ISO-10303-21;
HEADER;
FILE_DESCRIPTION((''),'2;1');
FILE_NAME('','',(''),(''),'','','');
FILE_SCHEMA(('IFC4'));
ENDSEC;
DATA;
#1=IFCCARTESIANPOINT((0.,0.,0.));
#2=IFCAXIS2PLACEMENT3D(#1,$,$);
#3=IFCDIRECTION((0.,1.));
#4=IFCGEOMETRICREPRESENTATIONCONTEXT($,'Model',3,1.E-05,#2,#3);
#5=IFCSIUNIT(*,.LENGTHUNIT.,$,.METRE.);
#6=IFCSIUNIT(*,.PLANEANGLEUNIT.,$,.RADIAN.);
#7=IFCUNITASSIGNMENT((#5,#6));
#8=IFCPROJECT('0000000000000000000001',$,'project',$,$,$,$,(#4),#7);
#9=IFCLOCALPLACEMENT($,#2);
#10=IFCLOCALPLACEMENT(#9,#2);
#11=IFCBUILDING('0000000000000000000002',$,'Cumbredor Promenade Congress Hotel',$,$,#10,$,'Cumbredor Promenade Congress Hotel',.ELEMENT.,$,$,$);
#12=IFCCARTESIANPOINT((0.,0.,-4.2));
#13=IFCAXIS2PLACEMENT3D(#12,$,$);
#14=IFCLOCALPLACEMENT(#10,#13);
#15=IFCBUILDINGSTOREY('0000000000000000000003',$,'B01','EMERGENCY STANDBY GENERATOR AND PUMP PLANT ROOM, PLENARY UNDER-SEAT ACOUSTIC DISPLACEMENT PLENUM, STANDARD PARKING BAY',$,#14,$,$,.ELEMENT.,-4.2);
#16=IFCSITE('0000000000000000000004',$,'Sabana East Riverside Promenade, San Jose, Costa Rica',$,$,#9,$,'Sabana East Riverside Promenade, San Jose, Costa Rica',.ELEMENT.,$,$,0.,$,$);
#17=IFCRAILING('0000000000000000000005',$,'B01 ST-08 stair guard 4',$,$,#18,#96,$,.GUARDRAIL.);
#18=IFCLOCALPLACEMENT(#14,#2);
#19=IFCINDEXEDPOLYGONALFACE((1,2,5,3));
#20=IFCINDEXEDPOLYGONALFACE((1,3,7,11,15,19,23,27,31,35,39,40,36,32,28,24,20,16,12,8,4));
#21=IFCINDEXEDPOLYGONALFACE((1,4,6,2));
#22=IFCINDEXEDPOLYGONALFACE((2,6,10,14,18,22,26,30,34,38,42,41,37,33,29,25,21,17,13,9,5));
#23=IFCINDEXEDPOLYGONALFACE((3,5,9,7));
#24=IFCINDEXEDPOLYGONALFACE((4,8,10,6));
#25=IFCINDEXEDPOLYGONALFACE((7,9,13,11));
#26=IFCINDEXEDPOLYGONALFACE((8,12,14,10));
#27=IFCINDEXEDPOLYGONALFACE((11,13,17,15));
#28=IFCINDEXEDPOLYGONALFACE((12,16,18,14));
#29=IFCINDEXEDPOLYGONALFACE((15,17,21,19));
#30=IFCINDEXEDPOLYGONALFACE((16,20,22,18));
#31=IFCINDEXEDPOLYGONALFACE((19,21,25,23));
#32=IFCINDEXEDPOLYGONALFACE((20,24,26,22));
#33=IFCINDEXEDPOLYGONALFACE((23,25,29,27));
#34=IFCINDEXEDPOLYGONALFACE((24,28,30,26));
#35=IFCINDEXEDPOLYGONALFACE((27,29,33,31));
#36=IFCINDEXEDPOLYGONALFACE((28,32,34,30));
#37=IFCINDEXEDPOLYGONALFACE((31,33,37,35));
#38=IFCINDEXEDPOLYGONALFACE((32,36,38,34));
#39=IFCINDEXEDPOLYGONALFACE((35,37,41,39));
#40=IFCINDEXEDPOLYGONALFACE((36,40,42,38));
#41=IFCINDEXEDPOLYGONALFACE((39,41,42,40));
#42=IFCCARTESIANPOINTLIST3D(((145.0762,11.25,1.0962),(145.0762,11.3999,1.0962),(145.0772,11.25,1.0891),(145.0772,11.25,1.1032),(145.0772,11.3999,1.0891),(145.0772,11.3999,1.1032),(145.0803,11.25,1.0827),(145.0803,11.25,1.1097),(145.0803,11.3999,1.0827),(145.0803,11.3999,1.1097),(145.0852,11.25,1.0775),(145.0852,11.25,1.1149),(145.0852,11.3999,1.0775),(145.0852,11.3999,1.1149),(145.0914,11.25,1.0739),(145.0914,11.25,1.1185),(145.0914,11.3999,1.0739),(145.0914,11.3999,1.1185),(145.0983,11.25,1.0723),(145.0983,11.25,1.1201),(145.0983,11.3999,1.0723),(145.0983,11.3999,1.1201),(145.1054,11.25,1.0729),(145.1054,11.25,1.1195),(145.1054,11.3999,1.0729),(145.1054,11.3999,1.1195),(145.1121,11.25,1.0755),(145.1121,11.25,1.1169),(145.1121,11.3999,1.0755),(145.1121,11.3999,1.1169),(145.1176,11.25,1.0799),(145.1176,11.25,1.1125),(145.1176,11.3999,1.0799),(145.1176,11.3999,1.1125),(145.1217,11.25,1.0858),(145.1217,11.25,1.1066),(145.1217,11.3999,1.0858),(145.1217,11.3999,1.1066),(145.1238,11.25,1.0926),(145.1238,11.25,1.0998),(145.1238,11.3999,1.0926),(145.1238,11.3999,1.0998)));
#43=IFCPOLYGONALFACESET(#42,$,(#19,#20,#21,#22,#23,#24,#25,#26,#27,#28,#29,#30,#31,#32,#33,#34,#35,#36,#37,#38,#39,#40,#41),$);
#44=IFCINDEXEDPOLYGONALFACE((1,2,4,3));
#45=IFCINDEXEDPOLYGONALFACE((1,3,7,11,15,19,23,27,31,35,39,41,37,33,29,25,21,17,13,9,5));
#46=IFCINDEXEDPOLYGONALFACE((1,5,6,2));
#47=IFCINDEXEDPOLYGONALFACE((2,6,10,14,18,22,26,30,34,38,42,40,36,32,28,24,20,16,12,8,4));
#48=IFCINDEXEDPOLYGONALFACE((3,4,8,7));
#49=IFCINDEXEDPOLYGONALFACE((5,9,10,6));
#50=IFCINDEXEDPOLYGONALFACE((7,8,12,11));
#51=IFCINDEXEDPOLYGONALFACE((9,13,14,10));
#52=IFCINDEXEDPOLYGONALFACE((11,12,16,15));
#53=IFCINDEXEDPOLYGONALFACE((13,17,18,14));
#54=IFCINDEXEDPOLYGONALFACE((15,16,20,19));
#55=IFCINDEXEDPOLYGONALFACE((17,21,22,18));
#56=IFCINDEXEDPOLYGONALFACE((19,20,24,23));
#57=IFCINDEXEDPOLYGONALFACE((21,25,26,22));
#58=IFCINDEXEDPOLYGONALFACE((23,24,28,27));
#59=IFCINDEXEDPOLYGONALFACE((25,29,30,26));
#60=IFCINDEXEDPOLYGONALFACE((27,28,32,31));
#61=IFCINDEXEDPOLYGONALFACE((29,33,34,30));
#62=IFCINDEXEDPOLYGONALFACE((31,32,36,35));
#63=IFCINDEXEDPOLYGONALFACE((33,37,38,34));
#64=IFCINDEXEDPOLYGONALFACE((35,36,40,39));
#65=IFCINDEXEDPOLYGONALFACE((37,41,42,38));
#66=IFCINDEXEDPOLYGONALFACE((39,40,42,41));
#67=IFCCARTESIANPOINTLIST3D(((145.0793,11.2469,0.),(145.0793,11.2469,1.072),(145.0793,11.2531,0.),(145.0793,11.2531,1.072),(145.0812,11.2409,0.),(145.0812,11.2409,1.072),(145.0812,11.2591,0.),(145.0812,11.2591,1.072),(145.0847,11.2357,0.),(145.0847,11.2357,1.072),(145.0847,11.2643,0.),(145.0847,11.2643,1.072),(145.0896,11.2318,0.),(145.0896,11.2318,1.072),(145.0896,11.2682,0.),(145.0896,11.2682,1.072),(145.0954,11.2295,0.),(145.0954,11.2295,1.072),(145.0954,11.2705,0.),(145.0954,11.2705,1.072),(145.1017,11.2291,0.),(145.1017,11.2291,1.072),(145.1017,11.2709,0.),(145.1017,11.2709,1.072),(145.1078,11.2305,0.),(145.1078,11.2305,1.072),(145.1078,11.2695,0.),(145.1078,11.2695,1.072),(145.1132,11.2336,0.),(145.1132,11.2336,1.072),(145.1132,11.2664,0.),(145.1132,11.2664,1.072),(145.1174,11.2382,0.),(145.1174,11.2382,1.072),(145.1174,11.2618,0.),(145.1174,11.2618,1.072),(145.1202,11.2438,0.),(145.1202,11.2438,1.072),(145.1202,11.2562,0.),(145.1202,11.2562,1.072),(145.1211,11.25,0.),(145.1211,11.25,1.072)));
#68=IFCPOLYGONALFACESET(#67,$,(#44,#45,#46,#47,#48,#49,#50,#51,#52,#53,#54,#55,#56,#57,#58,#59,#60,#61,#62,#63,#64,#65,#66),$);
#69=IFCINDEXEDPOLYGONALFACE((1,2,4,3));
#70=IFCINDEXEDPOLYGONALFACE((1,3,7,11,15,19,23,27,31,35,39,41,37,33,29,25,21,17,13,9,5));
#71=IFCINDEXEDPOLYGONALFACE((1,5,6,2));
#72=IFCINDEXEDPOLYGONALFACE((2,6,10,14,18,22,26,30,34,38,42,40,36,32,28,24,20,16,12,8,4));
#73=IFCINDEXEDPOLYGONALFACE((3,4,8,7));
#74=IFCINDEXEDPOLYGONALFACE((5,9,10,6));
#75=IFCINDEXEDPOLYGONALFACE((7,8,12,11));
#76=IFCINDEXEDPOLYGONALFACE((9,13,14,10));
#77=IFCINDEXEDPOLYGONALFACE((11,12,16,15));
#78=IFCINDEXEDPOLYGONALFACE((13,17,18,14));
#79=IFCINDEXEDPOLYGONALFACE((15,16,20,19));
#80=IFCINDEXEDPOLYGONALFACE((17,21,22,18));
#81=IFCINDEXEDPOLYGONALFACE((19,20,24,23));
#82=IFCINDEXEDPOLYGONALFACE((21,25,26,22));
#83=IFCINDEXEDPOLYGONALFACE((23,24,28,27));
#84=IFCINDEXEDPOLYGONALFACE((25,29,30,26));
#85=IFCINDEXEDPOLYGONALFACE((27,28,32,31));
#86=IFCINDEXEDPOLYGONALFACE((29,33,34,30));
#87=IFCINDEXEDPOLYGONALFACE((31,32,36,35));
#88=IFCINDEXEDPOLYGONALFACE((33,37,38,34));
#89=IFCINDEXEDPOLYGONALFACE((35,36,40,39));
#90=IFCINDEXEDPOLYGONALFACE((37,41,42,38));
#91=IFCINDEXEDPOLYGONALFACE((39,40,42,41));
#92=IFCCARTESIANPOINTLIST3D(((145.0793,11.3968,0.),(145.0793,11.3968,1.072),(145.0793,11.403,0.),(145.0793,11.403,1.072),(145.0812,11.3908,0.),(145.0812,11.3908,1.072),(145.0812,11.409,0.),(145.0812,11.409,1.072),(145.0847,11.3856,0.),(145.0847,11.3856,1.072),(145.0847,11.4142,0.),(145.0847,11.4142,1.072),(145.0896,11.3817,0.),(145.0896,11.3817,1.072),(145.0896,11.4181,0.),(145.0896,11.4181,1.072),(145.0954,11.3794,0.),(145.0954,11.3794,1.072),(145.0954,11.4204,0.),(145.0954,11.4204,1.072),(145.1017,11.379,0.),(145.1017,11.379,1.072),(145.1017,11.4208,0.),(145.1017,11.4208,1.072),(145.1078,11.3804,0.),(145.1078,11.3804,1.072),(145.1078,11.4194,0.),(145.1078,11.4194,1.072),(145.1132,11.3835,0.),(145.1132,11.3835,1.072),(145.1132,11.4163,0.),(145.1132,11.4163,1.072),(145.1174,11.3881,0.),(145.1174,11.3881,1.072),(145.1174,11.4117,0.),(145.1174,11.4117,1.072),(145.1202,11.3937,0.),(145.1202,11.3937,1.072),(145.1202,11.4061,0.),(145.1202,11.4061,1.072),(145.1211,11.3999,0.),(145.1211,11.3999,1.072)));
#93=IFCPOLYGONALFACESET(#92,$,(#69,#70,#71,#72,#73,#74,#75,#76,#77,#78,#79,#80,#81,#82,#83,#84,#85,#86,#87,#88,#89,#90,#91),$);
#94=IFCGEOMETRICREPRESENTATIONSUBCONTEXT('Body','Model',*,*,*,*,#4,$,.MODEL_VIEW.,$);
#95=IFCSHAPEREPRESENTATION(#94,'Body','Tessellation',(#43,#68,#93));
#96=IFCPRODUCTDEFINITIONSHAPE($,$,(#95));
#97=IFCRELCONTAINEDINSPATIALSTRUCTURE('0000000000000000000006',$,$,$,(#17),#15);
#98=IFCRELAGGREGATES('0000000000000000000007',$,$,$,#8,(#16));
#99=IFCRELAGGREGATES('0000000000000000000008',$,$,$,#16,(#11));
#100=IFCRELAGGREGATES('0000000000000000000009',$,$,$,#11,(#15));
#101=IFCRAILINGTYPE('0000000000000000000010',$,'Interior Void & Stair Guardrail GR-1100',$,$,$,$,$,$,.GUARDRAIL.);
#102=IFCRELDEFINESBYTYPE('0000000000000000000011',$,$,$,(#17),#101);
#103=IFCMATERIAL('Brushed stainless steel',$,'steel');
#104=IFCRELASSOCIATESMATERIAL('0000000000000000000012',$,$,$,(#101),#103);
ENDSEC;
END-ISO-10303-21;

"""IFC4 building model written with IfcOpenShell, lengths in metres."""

from ifc_helpers import new_model, si_unit, direction, frame, origin, origin_2d, place, context, subcontext, project, spatial, circle, extrude, material, type_object, element, save


model = new_model("IFC4")

# Units and contexts
model_context = context("Model", 3, precision=1e-05, world=origin(), true_north=direction((0.0, 1.0)))
body_context = subcontext(model_context, "Body", "Model", "MODEL_VIEW")
ifc_project = project(units=[si_unit("LENGTHUNIT", "METRE"), si_unit("PLANEANGLEUNIT", "RADIAN")], contexts=[model_context])

# Site, building, storey
site_placement = place(None, origin())
site = spatial("IfcSite", under=ifc_project, at=site_placement, Name="Sabana East Riverside Promenade, San Jose, Costa Rica", LongName="Sabana East Riverside Promenade, San Jose, Costa Rica", CompositionType="ELEMENT", RefElevation=0.0)
building_placement = place(site_placement, origin())
building = spatial("IfcBuilding", under=site, at=building_placement, Name="Cumbredor Promenade Congress Hotel", LongName="Cumbredor Promenade Congress Hotel", CompositionType="ELEMENT")
storey_placement = place(building_placement, frame((0.0, 0.0, -4.2)))
storey = spatial("IfcBuildingStorey", under=building, at=storey_placement, Name="B01", Description="EMERGENCY STANDBY GENERATOR AND PUMP PLANT ROOM, PLENARY UNDER-SEAT ACOUSTIC DISPLACEMENT PLENUM, STANDARD PARKING BAY", CompositionType="ELEMENT", Elevation=-4.2)

# Shared definitions
ifc_material_1 = material(Name="Brushed stainless steel", Category="steel")

# Railing
railing_type_1 = type_object("IfcRailingType", Name="Interior Void & Stair Guardrail GR-1100", PredefinedType="GUARDRAIL", material=ifc_material_1)
railing_1_placement = place(storey_placement, frame((145.1001, 11.25, 0.0)))
element("IfcRailing", 1, at=railing_1_placement, inside=storey, type_object=railing_type_1, Name="B01 ST-08 stair guard 4", PredefinedType="GUARDRAIL", context=body_context, shape_type="SweptSolid", body=[
    extrude(circle(Radius=0.0239, at=origin_2d()), frame((0.0, 0.0, 1.0962), z_axis=(0.0, 1.0, 0.0), x_axis=(-1.0, 0.0, 0.0)), (0.0, 0.0, 1.0), 0.1499),
    extrude(circle(Radius=0.021, at=origin_2d()), origin(), (0.0, 0.0, 1.0), 1.072),
    extrude(circle(Radius=0.021, at=origin_2d()), frame((0.0, 0.1499, 0.0)), (0.0, 0.0, 1.0), 1.072),
])

save(model, "model.ifc")
